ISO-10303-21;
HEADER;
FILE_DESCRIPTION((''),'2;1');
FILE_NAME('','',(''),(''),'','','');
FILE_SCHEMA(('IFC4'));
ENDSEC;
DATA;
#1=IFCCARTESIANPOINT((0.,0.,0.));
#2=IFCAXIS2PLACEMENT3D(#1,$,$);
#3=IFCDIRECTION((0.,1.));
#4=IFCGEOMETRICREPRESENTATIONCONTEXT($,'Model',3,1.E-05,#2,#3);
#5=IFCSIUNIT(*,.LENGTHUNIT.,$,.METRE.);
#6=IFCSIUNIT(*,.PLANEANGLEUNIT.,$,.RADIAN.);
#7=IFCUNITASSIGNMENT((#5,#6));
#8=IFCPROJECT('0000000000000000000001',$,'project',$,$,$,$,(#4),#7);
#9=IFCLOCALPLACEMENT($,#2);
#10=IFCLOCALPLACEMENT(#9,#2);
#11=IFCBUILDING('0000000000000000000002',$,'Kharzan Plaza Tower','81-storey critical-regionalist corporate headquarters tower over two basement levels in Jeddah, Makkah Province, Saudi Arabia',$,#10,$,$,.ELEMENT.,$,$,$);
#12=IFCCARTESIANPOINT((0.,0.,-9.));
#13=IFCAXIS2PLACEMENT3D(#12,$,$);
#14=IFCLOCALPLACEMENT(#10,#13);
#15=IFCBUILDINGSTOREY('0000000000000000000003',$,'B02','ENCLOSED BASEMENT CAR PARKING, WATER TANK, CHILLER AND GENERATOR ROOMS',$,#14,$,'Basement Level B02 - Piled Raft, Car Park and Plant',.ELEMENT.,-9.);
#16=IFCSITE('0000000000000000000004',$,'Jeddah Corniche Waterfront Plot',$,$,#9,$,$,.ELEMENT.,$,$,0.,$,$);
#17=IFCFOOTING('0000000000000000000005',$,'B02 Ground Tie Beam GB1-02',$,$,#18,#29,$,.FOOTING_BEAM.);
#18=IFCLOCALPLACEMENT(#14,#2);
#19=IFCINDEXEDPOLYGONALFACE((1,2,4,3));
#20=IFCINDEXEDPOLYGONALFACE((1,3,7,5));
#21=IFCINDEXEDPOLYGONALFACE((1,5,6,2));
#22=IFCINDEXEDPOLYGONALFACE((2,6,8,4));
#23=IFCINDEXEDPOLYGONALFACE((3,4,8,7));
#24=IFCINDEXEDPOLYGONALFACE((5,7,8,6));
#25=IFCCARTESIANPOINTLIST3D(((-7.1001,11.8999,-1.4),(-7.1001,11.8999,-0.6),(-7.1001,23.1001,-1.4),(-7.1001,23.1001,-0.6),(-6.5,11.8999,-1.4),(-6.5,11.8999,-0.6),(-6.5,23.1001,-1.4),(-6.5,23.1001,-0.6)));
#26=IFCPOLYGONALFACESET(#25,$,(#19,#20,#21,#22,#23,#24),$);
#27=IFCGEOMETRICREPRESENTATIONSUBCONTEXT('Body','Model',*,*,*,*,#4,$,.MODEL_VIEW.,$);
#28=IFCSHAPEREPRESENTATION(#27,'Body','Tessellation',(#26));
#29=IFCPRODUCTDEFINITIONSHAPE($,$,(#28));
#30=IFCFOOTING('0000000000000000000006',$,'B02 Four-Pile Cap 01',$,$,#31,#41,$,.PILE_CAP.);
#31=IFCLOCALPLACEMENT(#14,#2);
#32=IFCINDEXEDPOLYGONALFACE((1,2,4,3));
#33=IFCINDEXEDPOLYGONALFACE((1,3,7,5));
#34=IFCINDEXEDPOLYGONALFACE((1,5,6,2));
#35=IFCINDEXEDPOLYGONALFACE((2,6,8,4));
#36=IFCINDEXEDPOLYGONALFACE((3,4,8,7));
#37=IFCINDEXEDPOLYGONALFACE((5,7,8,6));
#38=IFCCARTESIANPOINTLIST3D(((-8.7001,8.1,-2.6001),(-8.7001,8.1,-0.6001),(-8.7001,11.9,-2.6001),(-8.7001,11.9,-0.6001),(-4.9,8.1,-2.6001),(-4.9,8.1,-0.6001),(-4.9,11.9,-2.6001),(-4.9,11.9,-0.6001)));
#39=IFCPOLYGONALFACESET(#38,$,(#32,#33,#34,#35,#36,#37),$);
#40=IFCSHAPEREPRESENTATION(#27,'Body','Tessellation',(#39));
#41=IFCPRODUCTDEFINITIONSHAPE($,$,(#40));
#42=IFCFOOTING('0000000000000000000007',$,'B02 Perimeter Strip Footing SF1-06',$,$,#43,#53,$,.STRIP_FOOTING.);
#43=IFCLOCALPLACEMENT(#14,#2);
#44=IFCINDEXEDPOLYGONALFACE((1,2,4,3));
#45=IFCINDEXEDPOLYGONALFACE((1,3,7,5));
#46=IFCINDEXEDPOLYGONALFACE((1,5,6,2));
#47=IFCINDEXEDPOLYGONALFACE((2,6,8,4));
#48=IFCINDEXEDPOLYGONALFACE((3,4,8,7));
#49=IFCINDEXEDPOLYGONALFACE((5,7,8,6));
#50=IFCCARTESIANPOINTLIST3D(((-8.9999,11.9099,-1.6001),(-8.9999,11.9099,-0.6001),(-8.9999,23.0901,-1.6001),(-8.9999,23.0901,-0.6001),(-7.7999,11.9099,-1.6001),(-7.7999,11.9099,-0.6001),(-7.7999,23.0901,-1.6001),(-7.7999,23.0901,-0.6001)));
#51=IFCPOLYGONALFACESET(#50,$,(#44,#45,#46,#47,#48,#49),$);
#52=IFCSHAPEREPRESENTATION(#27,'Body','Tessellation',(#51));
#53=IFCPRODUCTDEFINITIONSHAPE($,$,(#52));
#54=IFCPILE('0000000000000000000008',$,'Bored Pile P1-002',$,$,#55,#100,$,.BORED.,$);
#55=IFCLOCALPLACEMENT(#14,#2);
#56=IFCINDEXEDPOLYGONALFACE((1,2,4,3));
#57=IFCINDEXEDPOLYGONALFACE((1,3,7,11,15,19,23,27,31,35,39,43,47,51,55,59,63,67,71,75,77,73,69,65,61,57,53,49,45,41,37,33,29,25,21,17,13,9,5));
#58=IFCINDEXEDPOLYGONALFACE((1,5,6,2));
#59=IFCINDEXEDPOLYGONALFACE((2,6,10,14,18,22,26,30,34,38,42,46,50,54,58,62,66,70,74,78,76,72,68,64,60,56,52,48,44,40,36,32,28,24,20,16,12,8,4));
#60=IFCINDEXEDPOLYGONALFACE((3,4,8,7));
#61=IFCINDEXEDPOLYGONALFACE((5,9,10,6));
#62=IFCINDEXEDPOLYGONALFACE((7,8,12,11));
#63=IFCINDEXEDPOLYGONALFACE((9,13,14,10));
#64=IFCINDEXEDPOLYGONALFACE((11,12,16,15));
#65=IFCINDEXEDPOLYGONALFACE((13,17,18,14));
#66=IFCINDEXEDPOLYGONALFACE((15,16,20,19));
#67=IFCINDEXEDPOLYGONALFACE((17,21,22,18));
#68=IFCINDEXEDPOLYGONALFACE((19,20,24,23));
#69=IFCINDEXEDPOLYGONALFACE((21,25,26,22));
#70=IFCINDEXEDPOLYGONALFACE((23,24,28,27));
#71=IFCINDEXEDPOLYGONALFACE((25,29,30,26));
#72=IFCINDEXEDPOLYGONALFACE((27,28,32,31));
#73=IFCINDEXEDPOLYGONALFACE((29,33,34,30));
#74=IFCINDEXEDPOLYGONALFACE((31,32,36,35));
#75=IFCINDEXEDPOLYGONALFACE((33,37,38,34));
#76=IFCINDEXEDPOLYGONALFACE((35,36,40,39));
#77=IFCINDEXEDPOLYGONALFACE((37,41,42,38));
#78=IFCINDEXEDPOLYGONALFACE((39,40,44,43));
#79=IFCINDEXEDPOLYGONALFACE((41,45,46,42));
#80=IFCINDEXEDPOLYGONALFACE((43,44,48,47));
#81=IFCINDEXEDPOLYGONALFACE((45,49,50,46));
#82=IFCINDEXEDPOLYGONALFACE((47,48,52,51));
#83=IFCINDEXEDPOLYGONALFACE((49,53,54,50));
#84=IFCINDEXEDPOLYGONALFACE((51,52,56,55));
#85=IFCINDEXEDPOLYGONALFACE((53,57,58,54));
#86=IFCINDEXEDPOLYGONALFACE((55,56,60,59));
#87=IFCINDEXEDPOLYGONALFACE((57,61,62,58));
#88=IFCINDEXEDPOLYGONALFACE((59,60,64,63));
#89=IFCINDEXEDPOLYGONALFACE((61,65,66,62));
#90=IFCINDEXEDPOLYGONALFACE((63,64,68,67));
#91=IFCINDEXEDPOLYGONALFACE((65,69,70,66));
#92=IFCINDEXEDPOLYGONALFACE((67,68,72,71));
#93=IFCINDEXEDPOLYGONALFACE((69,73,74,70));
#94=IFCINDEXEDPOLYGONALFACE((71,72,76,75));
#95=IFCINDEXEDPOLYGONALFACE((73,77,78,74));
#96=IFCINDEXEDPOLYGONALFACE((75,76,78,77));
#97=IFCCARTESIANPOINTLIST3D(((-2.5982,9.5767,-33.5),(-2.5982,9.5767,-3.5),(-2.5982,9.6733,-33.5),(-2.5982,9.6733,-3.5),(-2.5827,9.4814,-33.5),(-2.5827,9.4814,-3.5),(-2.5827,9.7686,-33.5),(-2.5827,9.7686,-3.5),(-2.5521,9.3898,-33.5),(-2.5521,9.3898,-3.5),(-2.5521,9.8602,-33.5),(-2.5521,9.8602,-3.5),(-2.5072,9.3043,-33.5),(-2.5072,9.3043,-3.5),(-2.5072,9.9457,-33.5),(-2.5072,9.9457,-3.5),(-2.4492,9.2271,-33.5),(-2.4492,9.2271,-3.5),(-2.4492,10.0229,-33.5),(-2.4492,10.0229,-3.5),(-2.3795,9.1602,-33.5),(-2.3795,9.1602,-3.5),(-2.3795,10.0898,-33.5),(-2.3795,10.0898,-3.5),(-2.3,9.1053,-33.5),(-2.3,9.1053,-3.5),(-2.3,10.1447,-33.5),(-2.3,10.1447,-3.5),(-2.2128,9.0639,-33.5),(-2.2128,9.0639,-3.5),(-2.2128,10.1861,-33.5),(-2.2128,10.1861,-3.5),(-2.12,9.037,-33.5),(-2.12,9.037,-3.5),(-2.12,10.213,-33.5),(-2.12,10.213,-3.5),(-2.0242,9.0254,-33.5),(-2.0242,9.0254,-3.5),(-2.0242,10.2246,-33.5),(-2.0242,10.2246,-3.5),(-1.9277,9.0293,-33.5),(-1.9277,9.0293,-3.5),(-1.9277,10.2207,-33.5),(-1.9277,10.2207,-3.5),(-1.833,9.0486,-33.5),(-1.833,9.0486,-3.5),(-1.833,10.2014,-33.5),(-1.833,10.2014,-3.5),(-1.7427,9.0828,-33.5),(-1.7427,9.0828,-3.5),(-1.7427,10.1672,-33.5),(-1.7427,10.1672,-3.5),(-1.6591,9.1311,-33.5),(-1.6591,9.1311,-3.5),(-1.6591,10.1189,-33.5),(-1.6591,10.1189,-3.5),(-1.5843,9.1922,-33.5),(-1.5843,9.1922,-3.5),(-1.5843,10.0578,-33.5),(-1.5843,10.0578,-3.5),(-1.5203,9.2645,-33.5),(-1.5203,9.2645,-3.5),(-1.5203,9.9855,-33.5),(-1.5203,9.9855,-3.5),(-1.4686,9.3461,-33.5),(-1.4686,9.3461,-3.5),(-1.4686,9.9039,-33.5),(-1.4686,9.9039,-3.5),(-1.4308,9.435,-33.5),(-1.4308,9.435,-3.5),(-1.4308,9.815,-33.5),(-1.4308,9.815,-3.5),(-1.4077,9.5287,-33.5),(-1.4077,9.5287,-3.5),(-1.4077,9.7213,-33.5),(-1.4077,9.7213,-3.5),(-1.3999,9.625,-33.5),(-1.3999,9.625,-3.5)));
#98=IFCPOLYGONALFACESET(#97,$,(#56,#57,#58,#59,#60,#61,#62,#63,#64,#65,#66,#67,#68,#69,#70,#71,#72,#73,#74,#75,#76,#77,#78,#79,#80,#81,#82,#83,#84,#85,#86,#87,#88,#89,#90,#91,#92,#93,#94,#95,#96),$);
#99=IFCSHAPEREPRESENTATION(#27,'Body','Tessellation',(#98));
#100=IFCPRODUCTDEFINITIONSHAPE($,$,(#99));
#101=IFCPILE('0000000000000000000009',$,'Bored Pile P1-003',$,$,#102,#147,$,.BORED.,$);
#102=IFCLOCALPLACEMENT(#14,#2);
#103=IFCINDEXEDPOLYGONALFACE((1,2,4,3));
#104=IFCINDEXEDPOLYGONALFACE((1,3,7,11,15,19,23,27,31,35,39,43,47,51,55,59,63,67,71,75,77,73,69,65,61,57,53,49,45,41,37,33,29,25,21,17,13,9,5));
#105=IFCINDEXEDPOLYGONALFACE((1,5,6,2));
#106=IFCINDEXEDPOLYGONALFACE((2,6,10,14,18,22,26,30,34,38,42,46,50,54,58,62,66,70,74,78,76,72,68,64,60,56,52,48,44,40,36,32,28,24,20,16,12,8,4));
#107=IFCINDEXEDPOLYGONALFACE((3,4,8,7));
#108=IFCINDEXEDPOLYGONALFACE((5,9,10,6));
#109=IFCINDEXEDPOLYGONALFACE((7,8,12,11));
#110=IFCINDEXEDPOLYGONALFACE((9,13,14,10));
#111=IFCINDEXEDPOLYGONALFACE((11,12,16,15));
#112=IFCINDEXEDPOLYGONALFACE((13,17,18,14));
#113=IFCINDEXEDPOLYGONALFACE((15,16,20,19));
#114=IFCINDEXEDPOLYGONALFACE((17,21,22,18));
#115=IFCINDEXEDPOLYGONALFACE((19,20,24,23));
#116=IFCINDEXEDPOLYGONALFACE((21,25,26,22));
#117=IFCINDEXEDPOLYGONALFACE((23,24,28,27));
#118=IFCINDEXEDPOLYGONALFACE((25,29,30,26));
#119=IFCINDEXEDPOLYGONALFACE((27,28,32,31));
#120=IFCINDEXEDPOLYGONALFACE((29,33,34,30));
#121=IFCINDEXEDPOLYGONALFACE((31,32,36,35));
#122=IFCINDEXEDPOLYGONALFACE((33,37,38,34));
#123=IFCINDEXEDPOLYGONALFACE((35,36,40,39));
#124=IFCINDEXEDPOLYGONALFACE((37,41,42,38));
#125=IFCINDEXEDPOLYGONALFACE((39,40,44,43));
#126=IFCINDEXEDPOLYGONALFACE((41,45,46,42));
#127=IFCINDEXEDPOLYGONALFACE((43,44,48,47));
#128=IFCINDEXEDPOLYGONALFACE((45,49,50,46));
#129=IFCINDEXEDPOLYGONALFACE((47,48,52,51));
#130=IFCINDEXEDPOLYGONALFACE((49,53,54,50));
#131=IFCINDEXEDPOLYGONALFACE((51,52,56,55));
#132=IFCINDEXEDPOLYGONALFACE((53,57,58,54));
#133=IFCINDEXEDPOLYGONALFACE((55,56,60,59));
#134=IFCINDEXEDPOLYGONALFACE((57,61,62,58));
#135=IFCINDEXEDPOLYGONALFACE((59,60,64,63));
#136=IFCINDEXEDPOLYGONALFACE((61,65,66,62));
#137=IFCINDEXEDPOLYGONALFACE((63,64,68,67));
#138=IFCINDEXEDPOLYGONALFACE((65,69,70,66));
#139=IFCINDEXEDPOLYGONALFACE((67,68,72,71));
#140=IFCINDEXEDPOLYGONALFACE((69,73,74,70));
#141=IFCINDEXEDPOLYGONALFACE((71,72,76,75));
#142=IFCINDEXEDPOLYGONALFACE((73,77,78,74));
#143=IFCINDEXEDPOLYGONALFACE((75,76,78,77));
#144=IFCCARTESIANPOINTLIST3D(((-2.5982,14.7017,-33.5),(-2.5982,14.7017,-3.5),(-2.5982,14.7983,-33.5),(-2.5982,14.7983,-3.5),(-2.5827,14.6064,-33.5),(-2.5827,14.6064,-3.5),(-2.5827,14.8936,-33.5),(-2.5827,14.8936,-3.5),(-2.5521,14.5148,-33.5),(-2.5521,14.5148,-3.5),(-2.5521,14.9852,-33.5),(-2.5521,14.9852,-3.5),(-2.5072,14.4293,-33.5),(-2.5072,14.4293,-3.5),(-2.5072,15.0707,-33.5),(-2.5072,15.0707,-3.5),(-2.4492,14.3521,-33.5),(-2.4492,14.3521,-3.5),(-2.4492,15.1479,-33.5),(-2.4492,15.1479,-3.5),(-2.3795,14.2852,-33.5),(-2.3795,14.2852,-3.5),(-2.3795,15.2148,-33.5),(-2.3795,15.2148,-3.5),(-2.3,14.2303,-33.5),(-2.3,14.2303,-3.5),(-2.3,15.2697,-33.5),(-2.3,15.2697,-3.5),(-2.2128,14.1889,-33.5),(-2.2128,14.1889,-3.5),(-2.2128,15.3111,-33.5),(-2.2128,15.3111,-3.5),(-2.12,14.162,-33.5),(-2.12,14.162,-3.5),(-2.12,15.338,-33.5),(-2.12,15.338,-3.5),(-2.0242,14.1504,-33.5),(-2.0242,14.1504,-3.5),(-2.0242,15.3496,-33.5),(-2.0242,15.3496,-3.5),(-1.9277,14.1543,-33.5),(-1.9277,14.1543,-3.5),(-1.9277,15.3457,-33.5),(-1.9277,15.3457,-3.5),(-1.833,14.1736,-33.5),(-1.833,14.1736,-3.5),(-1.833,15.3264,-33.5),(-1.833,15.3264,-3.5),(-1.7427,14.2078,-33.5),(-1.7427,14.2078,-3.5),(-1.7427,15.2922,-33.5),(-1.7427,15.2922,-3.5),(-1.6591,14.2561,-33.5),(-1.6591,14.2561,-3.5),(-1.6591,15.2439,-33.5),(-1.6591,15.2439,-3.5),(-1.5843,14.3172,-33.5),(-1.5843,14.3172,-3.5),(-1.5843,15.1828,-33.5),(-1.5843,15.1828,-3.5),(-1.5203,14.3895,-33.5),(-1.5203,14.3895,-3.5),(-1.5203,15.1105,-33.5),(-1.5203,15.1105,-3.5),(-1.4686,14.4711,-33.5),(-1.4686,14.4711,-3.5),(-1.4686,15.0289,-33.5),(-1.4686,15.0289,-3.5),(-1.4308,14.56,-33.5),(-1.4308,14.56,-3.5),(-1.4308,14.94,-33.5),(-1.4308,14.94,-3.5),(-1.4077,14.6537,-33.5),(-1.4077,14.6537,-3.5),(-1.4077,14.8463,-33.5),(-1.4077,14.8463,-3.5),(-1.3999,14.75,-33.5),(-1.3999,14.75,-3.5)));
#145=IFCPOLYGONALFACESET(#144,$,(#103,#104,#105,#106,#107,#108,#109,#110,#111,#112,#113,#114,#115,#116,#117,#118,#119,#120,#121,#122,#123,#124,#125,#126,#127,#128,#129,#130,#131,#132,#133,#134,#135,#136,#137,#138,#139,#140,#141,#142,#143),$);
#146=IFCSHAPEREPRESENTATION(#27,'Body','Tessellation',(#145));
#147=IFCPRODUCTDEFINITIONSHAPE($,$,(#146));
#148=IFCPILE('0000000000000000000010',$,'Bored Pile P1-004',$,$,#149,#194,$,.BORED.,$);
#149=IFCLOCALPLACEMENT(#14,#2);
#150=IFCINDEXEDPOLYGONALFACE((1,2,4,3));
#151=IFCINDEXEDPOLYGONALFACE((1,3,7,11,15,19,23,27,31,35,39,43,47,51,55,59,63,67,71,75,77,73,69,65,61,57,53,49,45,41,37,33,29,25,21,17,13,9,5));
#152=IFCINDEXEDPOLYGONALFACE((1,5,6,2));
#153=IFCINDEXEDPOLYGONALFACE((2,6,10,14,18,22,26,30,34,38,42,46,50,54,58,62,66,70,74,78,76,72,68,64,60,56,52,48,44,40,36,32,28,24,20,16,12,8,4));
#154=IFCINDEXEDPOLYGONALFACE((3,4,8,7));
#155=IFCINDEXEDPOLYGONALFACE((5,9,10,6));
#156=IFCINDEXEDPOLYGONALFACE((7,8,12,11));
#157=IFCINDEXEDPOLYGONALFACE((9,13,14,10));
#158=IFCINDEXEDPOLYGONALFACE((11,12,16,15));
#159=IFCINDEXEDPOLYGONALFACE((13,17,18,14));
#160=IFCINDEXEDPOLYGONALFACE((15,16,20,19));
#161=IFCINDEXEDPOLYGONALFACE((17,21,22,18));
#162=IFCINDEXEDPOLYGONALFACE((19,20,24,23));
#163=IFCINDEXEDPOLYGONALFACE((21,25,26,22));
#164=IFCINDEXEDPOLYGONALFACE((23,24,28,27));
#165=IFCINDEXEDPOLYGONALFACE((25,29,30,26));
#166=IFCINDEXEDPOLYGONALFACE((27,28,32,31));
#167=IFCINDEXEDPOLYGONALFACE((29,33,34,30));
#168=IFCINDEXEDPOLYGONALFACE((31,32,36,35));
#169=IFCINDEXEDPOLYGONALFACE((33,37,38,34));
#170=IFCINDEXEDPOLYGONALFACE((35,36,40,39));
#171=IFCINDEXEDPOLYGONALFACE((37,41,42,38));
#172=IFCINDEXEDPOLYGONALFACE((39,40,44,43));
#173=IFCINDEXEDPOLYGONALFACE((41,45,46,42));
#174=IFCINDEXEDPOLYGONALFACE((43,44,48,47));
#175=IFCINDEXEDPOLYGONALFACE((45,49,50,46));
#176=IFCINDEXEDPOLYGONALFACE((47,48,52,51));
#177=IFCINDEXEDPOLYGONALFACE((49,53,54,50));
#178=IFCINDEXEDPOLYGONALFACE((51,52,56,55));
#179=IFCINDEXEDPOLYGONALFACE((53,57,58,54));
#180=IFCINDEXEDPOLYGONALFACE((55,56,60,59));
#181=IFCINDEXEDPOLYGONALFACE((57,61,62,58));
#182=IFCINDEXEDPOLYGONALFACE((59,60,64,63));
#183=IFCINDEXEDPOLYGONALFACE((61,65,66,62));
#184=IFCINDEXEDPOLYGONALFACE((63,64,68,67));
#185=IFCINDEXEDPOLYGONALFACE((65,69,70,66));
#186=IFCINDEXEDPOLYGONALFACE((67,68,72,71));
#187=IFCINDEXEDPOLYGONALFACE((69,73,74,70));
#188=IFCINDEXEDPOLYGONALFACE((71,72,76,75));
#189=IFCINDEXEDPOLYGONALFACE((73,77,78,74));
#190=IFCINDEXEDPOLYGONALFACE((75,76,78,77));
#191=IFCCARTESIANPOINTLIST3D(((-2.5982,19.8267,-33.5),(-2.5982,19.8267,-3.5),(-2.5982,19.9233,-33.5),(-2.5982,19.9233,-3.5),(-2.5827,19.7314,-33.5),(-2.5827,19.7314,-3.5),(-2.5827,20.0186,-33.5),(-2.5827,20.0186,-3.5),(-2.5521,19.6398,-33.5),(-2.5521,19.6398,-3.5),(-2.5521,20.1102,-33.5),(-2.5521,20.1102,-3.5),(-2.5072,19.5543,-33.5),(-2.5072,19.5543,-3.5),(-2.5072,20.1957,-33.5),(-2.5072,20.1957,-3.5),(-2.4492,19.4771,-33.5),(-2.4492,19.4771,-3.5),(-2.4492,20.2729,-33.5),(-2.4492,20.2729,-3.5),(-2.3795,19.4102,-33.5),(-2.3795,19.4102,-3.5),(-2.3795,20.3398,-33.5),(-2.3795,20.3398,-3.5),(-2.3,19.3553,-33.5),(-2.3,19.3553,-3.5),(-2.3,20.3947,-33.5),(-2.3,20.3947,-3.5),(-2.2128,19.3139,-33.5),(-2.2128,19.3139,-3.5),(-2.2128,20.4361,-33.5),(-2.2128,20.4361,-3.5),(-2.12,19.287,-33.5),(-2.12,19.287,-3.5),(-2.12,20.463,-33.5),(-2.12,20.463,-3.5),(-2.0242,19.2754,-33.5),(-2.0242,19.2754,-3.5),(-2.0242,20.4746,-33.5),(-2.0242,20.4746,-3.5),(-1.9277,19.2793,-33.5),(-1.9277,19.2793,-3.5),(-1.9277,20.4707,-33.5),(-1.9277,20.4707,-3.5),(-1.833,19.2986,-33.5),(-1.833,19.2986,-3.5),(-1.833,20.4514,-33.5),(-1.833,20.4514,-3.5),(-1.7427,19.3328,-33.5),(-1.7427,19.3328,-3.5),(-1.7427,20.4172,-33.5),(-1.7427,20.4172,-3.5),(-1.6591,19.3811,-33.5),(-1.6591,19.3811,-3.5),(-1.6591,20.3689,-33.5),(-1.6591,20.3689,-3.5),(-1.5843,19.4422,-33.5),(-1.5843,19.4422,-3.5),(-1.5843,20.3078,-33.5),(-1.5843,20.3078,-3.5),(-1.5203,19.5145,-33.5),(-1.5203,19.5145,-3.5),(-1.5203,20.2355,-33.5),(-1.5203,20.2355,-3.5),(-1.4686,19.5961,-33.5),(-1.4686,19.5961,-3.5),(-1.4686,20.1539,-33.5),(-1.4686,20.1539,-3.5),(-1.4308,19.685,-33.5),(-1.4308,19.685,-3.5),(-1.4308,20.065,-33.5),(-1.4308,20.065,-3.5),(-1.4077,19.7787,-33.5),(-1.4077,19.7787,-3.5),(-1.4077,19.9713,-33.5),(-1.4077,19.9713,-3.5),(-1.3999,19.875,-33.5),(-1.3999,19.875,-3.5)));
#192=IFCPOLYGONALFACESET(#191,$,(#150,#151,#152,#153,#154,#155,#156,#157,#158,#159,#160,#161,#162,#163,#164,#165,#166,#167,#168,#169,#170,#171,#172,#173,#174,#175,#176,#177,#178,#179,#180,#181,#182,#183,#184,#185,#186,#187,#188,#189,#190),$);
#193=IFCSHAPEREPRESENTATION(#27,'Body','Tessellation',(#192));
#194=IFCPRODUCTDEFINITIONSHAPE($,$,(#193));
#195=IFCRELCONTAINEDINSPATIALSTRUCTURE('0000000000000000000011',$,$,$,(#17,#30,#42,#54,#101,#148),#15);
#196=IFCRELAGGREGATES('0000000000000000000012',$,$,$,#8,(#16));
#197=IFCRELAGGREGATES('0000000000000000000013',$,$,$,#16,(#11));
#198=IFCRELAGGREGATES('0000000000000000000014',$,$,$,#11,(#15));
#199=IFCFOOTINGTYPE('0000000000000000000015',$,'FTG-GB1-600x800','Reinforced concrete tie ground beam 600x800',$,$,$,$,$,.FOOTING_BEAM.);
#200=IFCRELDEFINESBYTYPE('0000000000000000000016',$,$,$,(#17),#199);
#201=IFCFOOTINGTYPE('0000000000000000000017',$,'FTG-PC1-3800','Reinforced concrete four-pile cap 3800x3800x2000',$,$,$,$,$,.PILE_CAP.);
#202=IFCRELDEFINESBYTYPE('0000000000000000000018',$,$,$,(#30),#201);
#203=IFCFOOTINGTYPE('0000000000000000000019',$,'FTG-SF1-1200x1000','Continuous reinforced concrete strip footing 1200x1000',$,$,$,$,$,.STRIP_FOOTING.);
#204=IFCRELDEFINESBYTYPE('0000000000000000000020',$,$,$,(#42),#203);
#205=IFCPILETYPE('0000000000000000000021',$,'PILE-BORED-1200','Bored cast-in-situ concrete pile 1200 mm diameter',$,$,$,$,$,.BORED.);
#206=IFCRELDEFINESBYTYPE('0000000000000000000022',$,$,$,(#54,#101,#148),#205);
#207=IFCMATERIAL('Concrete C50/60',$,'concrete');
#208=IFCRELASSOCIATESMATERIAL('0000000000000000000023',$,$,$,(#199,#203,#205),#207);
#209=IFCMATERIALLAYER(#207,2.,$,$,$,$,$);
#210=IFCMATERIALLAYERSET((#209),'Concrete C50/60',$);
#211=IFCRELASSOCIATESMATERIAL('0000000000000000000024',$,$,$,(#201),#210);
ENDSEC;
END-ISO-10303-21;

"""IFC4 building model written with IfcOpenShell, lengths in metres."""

from ifc_helpers import new_model, si_unit, direction, frame, origin, origin_2d, place, context, subcontext, project, spatial, rectangle, circle, extrude, source, transform, mapped, material, layer, layer_set, material_profile, profile_set, type_object, element, save


model = new_model("IFC4")

# Units and contexts
model_context = context("Model", 3, precision=1e-05, world=origin(), true_north=direction((0.0, 1.0)))
body_context = subcontext(model_context, "Body", "Model", "MODEL_VIEW")
ifc_project = project(units=[si_unit("LENGTHUNIT", "METRE"), si_unit("PLANEANGLEUNIT", "RADIAN")], contexts=[model_context])

# Site, building, storey
site_placement = place(None, origin())
site = spatial("IfcSite", under=ifc_project, at=site_placement, Name="Jeddah Corniche Waterfront Plot", CompositionType="ELEMENT", RefElevation=0.0)
building_placement = place(site_placement, origin())
building = spatial("IfcBuilding", under=site, at=building_placement, Name="Kharzan Plaza Tower", Description="81-storey critical-regionalist corporate headquarters tower over two basement levels in Jeddah, Makkah Province, Saudi Arabia", CompositionType="ELEMENT")
storey_placement = place(building_placement, frame((0.0, 0.0, -9.0)))
storey = spatial("IfcBuildingStorey", under=building, at=storey_placement, Name="B02", Description="ENCLOSED BASEMENT CAR PARKING, WATER TANK, CHILLER AND GENERATOR ROOMS", LongName="Basement Level B02 - Piled Raft, Car Park and Plant", CompositionType="ELEMENT", Elevation=-9.0)

# Footings
ifc_material_1 = material(Name="Concrete C50/60", Category="concrete")
ifc_material_profile_1 = material_profile(ifc_material_1, rectangle(XDim=0.6001, YDim=0.8, at=origin_2d()), Name="GB-600x800")
ifc_profile_set_1 = profile_set([ifc_material_profile_1], Name="Concrete C50/60")
footing_type_1 = type_object("IfcFootingType", Name="FTG-GB1-600x800", Description="Reinforced concrete tie ground beam 600x800", PredefinedType="FOOTING_BEAM", material=ifc_profile_set_1)
shared_shape_1 = source(origin(), body_context, "Body", "SweptSolid", [
    extrude(rectangle(XDim=0.6001, YDim=0.8, at=origin_2d()), origin(), (0.0, 0.0, 1.0), 11.2002),
])
footing_1_placement = place(storey_placement, frame((-6.8, 11.8999, -1.0), z_axis=(0.0, 1.0, 0.0), x_axis=(-1.0, 0.0, 0.0)))
element("IfcFooting", 1, at=footing_1_placement, inside=storey, type_object=footing_type_1, Name="B02 Ground Tie Beam GB1-02", PredefinedType="FOOTING_BEAM", context=body_context, shape_type="MappedRepresentation", body=[
    mapped(shared_shape_1, transform((0.0, 0.0, 0.0), x_axis=(1.0, 0.0, 0.0), y_axis=(0.0, 1.0, 0.0), z_axis=(0.0, 0.0, 1.0))),
])
ifc_layer_1 = layer(ifc_material_1, 2.0)
ifc_layer_set_1 = layer_set([ifc_layer_1], Name="Concrete C50/60")
footing_type_2 = type_object("IfcFootingType", Name="FTG-PC1-3800", Description="Reinforced concrete four-pile cap 3800x3800x2000", PredefinedType="PILE_CAP", material=ifc_layer_set_1)
shared_shape_2 = source(origin(), body_context, "Body", "SweptSolid", [
    extrude(rectangle(XDim=3.8, YDim=3.8, at=origin_2d()), origin(), (0.0, 0.0, 1.0), 2.0),
])
footing_2_placement = place(storey_placement, frame((-6.8, 10.0, -2.6001), z_axis=(0.0, 0.0, 1.0), x_axis=(1.0, 0.0, 0.0)))
element("IfcFooting", 2, at=footing_2_placement, inside=storey, type_object=footing_type_2, Name="B02 Four-Pile Cap 01", PredefinedType="PILE_CAP", context=body_context, shape_type="MappedRepresentation", body=[
    mapped(shared_shape_2, transform((0.0, 0.0, 0.0), x_axis=(1.0, 0.0, 0.0), y_axis=(0.0, 1.0, 0.0), z_axis=(0.0, 0.0, 1.0))),
])
ifc_material_profile_2 = material_profile(ifc_material_1, rectangle(XDim=1.2, YDim=1.0, at=origin_2d()), Name="SF-1200x1000")
ifc_profile_set_2 = profile_set([ifc_material_profile_2], Name="Concrete C50/60")
footing_type_3 = type_object("IfcFootingType", Name="FTG-SF1-1200x1000", Description="Continuous reinforced concrete strip footing 1200x1000", PredefinedType="STRIP_FOOTING", material=ifc_profile_set_2)
shared_shape_3 = source(origin(), body_context, "Body", "SweptSolid", [
    extrude(rectangle(XDim=1.2, YDim=1.0, at=origin_2d()), origin(), (0.0, 0.0, 1.0), 11.1802),
])
footing_3_placement = place(storey_placement, frame((-8.3999, 11.9099, -1.1001), z_axis=(0.0, 1.0, 0.0), x_axis=(-1.0, 0.0, 0.0)))
element("IfcFooting", 3, at=footing_3_placement, inside=storey, type_object=footing_type_3, Name="B02 Perimeter Strip Footing SF1-06", PredefinedType="STRIP_FOOTING", context=body_context, shape_type="MappedRepresentation", body=[
    mapped(shared_shape_3, transform((0.0, 0.0, 0.0), x_axis=(1.0, 0.0, 0.0), y_axis=(0.0, 1.0, 0.0), z_axis=(0.0, 0.0, 1.0))),
])

# Piles
ifc_material_profile_3 = material_profile(ifc_material_1, circle(Radius=0.6001, at=origin_2d()), Name="PILE-D1200")
ifc_profile_set_3 = profile_set([ifc_material_profile_3], Name="Concrete C50/60")
pile_type_1 = type_object("IfcPileType", Name="PILE-BORED-1200", Description="Bored cast-in-situ concrete pile 1200 mm diameter", PredefinedType="BORED", material=ifc_profile_set_3)
shared_shape_4 = source(origin(), body_context, "Body", "SweptSolid", [
    extrude(circle(Radius=0.6001, at=origin_2d()), origin(), (0.0, 0.0, 1.0), 30.0),
])
for number, where, z_axis, x_axis, name in (
    (4, (-2.0, 9.625, -3.5), (0.0, 0.0, -1.0), (1.0, 0.0, 0.0), "Bored Pile P1-002"),
    (5, (-2.0, 14.75, -3.5), (0.0, 0.0, -1.0), (1.0, 0.0, 0.0), "Bored Pile P1-003"),
    (6, (-2.0, 19.875, -3.5), (0.0, 0.0, -1.0), (1.0, 0.0, 0.0), "Bored Pile P1-004"),
):
    element("IfcPile", number, at=place(storey_placement, frame(where, z_axis=z_axis, x_axis=x_axis)), inside=storey, type_object=pile_type_1, Name=name, PredefinedType="BORED", context=body_context, shape_type="MappedRepresentation", body=[
        mapped(shared_shape_4, transform((0.0, 0.0, 0.0), x_axis=(1.0, 0.0, 0.0), y_axis=(0.0, 1.0, 0.0), z_axis=(0.0, 0.0, 1.0))),
    ])

save(model, "model.ifc")
